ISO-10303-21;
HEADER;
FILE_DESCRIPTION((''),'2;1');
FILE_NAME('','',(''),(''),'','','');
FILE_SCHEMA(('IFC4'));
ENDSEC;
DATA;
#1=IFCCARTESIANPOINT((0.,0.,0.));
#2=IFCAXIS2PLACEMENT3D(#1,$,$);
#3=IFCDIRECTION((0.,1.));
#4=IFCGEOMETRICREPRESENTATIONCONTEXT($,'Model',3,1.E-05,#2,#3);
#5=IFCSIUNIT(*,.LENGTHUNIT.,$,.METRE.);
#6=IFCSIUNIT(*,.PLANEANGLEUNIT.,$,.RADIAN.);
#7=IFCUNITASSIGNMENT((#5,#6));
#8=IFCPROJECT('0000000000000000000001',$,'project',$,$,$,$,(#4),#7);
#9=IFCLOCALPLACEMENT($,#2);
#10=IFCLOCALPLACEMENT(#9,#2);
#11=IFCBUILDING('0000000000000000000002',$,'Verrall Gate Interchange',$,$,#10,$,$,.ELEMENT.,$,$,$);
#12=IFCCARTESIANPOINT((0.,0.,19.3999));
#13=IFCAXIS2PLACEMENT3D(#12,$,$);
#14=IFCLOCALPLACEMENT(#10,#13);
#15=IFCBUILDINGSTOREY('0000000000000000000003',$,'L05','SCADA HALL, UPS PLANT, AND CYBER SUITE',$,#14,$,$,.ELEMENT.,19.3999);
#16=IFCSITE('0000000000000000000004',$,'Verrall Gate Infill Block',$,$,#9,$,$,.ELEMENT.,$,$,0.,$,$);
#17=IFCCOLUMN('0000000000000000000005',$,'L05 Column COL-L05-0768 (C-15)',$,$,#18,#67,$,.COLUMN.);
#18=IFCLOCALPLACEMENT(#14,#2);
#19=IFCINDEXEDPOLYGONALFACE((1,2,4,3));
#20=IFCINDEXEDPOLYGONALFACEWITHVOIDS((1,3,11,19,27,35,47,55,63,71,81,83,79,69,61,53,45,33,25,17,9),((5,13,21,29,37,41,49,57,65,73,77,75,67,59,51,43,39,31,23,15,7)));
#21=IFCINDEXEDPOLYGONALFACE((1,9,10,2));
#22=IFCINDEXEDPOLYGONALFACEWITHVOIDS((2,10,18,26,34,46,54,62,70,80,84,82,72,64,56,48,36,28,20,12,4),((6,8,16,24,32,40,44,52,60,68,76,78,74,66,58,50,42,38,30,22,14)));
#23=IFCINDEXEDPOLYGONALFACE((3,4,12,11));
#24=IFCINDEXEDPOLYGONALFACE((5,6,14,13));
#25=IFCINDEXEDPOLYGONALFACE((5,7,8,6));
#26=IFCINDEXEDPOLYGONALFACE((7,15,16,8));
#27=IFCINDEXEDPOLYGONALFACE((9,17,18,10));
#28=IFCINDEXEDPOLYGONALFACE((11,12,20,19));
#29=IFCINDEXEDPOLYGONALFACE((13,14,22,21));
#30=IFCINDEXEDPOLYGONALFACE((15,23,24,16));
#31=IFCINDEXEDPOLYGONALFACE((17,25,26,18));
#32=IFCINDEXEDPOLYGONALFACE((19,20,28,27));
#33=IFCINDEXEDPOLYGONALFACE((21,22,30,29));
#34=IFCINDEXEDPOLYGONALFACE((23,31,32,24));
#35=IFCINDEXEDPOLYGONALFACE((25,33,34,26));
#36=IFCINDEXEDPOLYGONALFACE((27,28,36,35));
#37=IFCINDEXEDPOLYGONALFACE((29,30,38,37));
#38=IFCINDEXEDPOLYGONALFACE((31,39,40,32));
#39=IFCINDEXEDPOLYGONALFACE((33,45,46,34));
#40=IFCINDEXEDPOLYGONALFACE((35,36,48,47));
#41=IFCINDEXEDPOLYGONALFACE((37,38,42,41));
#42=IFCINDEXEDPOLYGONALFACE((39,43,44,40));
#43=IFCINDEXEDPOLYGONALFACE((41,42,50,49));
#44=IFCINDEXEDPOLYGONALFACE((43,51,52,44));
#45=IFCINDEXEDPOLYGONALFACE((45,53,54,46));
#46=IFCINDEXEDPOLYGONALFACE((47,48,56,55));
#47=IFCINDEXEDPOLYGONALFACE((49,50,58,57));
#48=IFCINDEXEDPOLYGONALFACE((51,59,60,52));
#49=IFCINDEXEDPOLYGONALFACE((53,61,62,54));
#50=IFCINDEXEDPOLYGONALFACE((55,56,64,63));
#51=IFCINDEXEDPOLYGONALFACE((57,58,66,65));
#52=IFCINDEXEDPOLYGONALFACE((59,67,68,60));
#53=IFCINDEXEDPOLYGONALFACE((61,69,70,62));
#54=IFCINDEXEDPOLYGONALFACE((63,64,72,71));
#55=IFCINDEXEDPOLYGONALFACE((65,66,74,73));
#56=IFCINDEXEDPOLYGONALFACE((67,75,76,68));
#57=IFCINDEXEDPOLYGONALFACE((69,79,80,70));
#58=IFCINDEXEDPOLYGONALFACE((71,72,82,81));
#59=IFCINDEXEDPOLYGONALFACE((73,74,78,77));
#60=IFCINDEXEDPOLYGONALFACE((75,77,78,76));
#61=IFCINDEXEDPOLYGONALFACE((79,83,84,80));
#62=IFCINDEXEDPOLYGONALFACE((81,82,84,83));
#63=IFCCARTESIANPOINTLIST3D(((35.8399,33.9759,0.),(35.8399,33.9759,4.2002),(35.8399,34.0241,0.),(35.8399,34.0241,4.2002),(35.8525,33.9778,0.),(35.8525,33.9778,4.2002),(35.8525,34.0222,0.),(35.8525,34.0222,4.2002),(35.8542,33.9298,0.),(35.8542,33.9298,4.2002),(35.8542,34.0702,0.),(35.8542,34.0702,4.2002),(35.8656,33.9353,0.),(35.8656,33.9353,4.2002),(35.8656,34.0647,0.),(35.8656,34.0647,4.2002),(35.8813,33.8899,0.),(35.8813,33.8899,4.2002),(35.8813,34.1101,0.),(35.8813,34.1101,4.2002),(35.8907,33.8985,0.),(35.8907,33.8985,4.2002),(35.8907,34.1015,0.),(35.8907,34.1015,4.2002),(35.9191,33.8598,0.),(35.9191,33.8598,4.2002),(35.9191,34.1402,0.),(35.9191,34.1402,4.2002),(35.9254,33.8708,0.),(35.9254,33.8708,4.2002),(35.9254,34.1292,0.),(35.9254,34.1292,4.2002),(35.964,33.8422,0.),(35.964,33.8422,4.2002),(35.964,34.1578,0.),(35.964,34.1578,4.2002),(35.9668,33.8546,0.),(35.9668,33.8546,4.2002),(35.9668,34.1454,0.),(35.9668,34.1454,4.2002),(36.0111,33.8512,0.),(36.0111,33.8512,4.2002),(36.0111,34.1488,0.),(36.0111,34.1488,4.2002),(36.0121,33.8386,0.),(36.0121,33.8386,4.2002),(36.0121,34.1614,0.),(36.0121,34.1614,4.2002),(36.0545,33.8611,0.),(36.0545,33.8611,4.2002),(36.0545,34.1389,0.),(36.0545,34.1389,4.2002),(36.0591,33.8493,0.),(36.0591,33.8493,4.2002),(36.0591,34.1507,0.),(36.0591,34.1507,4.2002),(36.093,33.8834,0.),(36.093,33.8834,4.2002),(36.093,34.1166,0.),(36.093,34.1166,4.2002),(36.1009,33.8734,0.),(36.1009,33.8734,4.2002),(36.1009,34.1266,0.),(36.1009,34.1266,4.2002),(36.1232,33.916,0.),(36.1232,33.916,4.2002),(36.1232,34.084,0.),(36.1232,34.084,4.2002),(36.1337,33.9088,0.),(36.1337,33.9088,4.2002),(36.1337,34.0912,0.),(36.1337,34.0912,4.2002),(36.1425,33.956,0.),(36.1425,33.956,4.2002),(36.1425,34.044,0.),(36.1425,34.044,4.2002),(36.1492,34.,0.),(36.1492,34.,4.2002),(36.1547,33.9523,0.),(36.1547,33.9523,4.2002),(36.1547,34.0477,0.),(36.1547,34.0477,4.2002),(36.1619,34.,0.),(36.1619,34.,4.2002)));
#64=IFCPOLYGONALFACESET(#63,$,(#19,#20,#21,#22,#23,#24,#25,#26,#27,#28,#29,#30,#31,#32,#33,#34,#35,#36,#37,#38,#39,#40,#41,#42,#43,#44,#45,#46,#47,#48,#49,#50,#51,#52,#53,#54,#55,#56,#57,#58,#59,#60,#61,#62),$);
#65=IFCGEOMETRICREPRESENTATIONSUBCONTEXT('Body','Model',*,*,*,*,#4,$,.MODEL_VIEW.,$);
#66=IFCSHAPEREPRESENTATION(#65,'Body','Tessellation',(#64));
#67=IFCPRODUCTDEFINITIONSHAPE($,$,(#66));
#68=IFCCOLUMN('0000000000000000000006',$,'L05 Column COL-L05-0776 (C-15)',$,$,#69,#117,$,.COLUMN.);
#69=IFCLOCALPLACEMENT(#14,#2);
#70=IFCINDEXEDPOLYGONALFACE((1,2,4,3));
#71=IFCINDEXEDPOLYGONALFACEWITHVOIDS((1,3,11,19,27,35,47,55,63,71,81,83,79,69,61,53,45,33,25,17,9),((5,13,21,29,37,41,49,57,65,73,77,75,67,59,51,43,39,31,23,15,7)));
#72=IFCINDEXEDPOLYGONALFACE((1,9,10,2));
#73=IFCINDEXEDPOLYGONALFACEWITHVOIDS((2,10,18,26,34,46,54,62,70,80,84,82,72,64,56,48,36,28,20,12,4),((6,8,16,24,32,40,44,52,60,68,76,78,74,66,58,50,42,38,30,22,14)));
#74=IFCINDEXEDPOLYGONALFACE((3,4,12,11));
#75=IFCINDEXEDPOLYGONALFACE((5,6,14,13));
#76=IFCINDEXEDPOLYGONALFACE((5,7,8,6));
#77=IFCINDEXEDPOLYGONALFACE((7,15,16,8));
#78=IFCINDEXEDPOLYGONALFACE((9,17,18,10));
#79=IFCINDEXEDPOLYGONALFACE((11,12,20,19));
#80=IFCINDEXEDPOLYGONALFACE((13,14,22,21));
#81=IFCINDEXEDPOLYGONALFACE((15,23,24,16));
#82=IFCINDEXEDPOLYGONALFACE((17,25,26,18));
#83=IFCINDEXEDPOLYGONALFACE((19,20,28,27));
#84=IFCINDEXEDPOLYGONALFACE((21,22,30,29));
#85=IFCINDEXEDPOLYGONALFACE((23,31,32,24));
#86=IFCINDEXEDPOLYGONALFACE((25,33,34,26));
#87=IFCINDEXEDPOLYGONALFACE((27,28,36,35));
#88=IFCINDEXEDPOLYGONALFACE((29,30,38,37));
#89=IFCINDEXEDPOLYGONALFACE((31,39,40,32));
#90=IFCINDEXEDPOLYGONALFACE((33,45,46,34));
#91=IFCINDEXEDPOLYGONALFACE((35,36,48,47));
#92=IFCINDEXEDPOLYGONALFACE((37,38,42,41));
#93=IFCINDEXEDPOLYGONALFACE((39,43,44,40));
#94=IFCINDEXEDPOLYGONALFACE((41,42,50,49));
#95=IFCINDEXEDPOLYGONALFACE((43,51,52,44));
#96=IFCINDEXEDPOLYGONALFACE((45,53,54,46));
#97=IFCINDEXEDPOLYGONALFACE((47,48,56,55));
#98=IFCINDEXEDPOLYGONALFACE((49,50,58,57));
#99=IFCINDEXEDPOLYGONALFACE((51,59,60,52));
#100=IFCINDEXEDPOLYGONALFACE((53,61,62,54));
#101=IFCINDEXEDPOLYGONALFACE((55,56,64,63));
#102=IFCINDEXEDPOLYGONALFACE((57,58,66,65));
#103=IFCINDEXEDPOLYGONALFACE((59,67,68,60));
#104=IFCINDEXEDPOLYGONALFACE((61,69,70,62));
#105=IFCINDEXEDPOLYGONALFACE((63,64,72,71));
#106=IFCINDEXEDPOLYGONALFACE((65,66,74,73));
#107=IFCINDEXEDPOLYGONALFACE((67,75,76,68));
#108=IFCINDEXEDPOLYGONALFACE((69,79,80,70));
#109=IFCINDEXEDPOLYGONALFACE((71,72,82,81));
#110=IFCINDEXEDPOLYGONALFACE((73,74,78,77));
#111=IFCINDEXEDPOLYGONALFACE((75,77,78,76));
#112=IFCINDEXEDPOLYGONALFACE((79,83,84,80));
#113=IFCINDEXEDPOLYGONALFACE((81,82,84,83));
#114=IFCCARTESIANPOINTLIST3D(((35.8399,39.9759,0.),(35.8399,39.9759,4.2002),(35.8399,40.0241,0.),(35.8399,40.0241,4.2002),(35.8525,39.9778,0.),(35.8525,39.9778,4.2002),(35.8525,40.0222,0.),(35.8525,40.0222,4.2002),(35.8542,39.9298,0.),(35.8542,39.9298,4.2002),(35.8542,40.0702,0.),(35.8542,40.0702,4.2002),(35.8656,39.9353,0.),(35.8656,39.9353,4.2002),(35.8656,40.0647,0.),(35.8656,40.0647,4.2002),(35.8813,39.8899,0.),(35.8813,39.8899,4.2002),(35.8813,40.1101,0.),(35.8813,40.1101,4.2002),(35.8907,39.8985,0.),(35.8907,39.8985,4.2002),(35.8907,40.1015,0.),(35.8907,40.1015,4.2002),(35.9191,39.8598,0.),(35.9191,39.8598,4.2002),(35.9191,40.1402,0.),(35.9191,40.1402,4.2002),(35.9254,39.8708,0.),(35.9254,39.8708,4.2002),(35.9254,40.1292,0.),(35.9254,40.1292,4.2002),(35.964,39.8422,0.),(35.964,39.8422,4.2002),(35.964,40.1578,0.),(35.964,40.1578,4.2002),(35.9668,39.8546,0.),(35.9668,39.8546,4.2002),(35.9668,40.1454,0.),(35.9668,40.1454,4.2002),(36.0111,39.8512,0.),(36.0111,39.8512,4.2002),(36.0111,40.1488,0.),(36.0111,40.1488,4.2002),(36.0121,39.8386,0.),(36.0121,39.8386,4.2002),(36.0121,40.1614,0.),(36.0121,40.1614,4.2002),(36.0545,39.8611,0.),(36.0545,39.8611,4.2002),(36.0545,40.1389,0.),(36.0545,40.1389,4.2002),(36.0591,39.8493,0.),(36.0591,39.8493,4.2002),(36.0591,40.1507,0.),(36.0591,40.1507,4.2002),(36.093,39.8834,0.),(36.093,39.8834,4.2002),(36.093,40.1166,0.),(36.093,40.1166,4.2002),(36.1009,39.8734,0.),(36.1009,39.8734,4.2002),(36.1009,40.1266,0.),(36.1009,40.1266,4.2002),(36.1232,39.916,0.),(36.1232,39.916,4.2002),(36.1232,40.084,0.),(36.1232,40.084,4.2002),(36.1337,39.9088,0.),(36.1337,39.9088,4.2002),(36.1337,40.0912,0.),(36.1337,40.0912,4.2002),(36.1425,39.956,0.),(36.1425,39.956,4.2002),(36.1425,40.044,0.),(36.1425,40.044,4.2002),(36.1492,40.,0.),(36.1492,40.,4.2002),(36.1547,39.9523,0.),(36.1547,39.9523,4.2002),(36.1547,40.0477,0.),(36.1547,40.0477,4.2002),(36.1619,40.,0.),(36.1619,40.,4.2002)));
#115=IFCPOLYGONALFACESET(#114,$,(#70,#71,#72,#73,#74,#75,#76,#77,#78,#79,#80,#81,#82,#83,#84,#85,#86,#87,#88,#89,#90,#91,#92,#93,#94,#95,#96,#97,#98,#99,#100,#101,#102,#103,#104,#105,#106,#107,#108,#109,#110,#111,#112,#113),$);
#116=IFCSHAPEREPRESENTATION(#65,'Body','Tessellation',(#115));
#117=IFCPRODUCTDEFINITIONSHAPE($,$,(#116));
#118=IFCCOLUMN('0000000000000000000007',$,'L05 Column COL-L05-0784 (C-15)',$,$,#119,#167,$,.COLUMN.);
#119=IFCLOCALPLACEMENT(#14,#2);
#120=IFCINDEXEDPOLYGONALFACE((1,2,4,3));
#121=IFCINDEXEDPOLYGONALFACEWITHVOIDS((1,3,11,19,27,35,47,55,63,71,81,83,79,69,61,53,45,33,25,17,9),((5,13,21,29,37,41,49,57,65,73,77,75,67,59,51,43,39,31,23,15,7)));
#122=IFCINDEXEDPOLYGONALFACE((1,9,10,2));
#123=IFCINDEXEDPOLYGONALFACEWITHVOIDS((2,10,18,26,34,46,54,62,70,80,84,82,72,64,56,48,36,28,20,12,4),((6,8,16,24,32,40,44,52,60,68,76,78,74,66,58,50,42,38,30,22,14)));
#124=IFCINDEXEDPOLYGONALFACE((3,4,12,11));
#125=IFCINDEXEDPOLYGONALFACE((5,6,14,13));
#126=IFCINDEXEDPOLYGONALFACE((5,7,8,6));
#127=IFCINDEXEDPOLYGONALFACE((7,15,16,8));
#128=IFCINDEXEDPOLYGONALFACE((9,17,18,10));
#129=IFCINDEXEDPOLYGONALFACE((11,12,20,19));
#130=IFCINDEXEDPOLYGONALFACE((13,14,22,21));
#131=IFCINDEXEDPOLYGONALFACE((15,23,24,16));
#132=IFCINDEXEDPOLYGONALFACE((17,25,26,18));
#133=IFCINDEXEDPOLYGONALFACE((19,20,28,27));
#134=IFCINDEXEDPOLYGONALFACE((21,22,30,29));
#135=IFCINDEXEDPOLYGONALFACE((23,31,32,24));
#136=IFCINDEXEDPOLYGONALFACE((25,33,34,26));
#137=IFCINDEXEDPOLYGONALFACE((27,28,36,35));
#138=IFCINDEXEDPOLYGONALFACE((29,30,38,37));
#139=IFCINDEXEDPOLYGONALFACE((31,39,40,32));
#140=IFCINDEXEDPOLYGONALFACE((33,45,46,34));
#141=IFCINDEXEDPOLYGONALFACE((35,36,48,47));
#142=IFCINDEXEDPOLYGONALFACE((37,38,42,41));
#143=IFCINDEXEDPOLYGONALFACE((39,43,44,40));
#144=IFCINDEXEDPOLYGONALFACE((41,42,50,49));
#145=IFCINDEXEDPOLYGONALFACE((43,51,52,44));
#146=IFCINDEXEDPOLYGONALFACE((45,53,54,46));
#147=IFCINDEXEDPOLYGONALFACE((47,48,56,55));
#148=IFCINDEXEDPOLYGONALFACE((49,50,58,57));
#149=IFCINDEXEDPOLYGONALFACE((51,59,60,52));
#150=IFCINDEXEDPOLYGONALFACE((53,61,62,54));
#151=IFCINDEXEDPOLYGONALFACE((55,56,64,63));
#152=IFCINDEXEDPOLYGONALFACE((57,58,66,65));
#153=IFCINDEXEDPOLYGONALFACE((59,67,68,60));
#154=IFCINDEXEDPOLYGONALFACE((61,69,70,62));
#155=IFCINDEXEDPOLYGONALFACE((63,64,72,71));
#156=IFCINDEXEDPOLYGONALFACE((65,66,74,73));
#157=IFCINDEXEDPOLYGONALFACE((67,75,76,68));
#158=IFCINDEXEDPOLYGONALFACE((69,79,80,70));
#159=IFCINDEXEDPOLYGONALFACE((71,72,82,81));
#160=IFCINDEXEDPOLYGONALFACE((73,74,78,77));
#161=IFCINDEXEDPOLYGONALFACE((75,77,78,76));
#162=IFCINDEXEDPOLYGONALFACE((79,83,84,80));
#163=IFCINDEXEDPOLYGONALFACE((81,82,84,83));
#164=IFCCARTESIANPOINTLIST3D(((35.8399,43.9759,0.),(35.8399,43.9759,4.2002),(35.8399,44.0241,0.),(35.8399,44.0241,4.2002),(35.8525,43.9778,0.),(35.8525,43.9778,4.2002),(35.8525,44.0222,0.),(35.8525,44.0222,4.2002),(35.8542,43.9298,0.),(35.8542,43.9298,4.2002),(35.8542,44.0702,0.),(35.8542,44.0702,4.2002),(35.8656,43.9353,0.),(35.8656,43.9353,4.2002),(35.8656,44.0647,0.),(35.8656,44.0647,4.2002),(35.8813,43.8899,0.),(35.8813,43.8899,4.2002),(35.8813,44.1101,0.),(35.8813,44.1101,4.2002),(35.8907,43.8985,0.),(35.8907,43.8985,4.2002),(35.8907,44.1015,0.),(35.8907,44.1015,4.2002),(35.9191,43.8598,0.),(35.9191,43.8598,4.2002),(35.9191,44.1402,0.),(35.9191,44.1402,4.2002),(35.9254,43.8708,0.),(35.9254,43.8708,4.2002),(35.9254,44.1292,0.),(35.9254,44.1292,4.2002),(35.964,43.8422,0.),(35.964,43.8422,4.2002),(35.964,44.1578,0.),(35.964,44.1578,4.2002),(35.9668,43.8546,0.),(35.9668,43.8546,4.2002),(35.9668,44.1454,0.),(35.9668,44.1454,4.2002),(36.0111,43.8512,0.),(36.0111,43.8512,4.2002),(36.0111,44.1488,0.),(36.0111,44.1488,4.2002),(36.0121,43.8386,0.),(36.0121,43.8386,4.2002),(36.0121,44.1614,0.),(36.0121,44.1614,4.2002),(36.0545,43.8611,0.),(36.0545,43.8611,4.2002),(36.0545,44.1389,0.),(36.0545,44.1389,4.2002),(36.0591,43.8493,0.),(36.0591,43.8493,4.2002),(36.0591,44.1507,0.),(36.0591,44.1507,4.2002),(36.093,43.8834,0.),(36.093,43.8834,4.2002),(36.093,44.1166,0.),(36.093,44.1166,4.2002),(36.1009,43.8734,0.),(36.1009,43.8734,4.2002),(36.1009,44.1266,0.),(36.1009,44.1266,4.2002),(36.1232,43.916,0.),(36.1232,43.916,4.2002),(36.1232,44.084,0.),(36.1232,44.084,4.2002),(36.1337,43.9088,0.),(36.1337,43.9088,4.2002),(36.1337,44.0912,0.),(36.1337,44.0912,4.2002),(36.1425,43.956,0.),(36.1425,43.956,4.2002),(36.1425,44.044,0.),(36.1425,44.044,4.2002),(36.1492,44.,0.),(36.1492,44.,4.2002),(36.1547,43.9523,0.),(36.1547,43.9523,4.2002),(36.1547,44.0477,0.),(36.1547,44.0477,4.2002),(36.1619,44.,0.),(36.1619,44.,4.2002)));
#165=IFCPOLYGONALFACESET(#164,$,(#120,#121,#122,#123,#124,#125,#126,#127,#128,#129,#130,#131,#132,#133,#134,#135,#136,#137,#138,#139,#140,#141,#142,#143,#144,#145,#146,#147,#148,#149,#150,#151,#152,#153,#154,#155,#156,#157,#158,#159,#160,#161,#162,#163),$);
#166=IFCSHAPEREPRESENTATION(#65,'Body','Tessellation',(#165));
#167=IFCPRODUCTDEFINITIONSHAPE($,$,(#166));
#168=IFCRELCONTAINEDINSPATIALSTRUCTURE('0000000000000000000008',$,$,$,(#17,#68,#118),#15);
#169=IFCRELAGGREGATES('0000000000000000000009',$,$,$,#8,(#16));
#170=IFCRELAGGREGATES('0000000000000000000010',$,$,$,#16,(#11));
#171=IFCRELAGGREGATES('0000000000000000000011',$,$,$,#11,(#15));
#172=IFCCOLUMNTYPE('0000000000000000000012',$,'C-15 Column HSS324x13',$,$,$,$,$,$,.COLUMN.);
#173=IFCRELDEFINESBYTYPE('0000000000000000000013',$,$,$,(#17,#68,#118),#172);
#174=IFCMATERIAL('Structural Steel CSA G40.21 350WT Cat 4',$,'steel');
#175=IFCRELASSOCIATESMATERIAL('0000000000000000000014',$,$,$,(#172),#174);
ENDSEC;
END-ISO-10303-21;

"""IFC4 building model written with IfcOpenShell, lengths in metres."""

from ifc_helpers import new_model, si_unit, direction, frame, origin, origin_2d, place, context, subcontext, project, spatial, hollow_circle, extrude, material, material_profile, profile_set, type_object, element, save


model = new_model("IFC4")

# Units and contexts
model_context = context("Model", 3, precision=1e-05, world=origin(), true_north=direction((0.0, 1.0)))
body_context = subcontext(model_context, "Body", "Model", "MODEL_VIEW")
ifc_project = project(units=[si_unit("LENGTHUNIT", "METRE"), si_unit("PLANEANGLEUNIT", "RADIAN")], contexts=[model_context])

# Site, building, storey
site_placement = place(None, origin())
site = spatial("IfcSite", under=ifc_project, at=site_placement, Name="Verrall Gate Infill Block", CompositionType="ELEMENT", RefElevation=0.0)
building_placement = place(site_placement, origin())
building = spatial("IfcBuilding", under=site, at=building_placement, Name="Verrall Gate Interchange", CompositionType="ELEMENT")
storey_placement = place(building_placement, frame((0.0, 0.0, 19.3999)))
storey = spatial("IfcBuildingStorey", under=building, at=storey_placement, Name="L05", Description="SCADA HALL, UPS PLANT, AND CYBER SUITE", CompositionType="ELEMENT", Elevation=19.3999)

# Columns
ifc_material_1 = material(Name="Structural Steel CSA G40.21 350WT Cat 4", Category="steel")
ifc_material_profile_1 = material_profile(ifc_material_1, hollow_circle(Radius=0.1619, WallThickness=0.0127, at=origin_2d()), Name="HSS324x13")
ifc_profile_set_1 = profile_set([ifc_material_profile_1], Name="Structural Steel CSA G40.21 350WT Cat 4")
column_type = type_object("IfcColumnType", Name="C-15 Column HSS324x13", PredefinedType="COLUMN", material=ifc_profile_set_1)
for number, where, z_axis, x_axis, name in (
    (1, (36.0, 34.0, 0.0), (0.0, 0.0, 1.0), (1.0, 0.0, 0.0), "L05 Column COL-L05-0768 (C-15)"),
    (2, (36.0, 40.0, 0.0), (0.0, 0.0, 1.0), (1.0, 0.0, 0.0), "L05 Column COL-L05-0776 (C-15)"),
    (3, (36.0, 44.0, 0.0), (0.0, 0.0, 1.0), (1.0, 0.0, 0.0), "L05 Column COL-L05-0784 (C-15)"),
):
    element("IfcColumn", number, at=place(storey_placement, frame(where, z_axis=z_axis, x_axis=x_axis)), inside=storey, type_object=column_type, Name=name, PredefinedType="COLUMN", context=body_context, shape_type="SweptSolid", body=[
        extrude(hollow_circle(Radius=0.1619, WallThickness=0.0127, at=origin_2d()), origin(), (0.0, 0.0, 1.0), 4.2002),
    ])

save(model, "model.ifc")
